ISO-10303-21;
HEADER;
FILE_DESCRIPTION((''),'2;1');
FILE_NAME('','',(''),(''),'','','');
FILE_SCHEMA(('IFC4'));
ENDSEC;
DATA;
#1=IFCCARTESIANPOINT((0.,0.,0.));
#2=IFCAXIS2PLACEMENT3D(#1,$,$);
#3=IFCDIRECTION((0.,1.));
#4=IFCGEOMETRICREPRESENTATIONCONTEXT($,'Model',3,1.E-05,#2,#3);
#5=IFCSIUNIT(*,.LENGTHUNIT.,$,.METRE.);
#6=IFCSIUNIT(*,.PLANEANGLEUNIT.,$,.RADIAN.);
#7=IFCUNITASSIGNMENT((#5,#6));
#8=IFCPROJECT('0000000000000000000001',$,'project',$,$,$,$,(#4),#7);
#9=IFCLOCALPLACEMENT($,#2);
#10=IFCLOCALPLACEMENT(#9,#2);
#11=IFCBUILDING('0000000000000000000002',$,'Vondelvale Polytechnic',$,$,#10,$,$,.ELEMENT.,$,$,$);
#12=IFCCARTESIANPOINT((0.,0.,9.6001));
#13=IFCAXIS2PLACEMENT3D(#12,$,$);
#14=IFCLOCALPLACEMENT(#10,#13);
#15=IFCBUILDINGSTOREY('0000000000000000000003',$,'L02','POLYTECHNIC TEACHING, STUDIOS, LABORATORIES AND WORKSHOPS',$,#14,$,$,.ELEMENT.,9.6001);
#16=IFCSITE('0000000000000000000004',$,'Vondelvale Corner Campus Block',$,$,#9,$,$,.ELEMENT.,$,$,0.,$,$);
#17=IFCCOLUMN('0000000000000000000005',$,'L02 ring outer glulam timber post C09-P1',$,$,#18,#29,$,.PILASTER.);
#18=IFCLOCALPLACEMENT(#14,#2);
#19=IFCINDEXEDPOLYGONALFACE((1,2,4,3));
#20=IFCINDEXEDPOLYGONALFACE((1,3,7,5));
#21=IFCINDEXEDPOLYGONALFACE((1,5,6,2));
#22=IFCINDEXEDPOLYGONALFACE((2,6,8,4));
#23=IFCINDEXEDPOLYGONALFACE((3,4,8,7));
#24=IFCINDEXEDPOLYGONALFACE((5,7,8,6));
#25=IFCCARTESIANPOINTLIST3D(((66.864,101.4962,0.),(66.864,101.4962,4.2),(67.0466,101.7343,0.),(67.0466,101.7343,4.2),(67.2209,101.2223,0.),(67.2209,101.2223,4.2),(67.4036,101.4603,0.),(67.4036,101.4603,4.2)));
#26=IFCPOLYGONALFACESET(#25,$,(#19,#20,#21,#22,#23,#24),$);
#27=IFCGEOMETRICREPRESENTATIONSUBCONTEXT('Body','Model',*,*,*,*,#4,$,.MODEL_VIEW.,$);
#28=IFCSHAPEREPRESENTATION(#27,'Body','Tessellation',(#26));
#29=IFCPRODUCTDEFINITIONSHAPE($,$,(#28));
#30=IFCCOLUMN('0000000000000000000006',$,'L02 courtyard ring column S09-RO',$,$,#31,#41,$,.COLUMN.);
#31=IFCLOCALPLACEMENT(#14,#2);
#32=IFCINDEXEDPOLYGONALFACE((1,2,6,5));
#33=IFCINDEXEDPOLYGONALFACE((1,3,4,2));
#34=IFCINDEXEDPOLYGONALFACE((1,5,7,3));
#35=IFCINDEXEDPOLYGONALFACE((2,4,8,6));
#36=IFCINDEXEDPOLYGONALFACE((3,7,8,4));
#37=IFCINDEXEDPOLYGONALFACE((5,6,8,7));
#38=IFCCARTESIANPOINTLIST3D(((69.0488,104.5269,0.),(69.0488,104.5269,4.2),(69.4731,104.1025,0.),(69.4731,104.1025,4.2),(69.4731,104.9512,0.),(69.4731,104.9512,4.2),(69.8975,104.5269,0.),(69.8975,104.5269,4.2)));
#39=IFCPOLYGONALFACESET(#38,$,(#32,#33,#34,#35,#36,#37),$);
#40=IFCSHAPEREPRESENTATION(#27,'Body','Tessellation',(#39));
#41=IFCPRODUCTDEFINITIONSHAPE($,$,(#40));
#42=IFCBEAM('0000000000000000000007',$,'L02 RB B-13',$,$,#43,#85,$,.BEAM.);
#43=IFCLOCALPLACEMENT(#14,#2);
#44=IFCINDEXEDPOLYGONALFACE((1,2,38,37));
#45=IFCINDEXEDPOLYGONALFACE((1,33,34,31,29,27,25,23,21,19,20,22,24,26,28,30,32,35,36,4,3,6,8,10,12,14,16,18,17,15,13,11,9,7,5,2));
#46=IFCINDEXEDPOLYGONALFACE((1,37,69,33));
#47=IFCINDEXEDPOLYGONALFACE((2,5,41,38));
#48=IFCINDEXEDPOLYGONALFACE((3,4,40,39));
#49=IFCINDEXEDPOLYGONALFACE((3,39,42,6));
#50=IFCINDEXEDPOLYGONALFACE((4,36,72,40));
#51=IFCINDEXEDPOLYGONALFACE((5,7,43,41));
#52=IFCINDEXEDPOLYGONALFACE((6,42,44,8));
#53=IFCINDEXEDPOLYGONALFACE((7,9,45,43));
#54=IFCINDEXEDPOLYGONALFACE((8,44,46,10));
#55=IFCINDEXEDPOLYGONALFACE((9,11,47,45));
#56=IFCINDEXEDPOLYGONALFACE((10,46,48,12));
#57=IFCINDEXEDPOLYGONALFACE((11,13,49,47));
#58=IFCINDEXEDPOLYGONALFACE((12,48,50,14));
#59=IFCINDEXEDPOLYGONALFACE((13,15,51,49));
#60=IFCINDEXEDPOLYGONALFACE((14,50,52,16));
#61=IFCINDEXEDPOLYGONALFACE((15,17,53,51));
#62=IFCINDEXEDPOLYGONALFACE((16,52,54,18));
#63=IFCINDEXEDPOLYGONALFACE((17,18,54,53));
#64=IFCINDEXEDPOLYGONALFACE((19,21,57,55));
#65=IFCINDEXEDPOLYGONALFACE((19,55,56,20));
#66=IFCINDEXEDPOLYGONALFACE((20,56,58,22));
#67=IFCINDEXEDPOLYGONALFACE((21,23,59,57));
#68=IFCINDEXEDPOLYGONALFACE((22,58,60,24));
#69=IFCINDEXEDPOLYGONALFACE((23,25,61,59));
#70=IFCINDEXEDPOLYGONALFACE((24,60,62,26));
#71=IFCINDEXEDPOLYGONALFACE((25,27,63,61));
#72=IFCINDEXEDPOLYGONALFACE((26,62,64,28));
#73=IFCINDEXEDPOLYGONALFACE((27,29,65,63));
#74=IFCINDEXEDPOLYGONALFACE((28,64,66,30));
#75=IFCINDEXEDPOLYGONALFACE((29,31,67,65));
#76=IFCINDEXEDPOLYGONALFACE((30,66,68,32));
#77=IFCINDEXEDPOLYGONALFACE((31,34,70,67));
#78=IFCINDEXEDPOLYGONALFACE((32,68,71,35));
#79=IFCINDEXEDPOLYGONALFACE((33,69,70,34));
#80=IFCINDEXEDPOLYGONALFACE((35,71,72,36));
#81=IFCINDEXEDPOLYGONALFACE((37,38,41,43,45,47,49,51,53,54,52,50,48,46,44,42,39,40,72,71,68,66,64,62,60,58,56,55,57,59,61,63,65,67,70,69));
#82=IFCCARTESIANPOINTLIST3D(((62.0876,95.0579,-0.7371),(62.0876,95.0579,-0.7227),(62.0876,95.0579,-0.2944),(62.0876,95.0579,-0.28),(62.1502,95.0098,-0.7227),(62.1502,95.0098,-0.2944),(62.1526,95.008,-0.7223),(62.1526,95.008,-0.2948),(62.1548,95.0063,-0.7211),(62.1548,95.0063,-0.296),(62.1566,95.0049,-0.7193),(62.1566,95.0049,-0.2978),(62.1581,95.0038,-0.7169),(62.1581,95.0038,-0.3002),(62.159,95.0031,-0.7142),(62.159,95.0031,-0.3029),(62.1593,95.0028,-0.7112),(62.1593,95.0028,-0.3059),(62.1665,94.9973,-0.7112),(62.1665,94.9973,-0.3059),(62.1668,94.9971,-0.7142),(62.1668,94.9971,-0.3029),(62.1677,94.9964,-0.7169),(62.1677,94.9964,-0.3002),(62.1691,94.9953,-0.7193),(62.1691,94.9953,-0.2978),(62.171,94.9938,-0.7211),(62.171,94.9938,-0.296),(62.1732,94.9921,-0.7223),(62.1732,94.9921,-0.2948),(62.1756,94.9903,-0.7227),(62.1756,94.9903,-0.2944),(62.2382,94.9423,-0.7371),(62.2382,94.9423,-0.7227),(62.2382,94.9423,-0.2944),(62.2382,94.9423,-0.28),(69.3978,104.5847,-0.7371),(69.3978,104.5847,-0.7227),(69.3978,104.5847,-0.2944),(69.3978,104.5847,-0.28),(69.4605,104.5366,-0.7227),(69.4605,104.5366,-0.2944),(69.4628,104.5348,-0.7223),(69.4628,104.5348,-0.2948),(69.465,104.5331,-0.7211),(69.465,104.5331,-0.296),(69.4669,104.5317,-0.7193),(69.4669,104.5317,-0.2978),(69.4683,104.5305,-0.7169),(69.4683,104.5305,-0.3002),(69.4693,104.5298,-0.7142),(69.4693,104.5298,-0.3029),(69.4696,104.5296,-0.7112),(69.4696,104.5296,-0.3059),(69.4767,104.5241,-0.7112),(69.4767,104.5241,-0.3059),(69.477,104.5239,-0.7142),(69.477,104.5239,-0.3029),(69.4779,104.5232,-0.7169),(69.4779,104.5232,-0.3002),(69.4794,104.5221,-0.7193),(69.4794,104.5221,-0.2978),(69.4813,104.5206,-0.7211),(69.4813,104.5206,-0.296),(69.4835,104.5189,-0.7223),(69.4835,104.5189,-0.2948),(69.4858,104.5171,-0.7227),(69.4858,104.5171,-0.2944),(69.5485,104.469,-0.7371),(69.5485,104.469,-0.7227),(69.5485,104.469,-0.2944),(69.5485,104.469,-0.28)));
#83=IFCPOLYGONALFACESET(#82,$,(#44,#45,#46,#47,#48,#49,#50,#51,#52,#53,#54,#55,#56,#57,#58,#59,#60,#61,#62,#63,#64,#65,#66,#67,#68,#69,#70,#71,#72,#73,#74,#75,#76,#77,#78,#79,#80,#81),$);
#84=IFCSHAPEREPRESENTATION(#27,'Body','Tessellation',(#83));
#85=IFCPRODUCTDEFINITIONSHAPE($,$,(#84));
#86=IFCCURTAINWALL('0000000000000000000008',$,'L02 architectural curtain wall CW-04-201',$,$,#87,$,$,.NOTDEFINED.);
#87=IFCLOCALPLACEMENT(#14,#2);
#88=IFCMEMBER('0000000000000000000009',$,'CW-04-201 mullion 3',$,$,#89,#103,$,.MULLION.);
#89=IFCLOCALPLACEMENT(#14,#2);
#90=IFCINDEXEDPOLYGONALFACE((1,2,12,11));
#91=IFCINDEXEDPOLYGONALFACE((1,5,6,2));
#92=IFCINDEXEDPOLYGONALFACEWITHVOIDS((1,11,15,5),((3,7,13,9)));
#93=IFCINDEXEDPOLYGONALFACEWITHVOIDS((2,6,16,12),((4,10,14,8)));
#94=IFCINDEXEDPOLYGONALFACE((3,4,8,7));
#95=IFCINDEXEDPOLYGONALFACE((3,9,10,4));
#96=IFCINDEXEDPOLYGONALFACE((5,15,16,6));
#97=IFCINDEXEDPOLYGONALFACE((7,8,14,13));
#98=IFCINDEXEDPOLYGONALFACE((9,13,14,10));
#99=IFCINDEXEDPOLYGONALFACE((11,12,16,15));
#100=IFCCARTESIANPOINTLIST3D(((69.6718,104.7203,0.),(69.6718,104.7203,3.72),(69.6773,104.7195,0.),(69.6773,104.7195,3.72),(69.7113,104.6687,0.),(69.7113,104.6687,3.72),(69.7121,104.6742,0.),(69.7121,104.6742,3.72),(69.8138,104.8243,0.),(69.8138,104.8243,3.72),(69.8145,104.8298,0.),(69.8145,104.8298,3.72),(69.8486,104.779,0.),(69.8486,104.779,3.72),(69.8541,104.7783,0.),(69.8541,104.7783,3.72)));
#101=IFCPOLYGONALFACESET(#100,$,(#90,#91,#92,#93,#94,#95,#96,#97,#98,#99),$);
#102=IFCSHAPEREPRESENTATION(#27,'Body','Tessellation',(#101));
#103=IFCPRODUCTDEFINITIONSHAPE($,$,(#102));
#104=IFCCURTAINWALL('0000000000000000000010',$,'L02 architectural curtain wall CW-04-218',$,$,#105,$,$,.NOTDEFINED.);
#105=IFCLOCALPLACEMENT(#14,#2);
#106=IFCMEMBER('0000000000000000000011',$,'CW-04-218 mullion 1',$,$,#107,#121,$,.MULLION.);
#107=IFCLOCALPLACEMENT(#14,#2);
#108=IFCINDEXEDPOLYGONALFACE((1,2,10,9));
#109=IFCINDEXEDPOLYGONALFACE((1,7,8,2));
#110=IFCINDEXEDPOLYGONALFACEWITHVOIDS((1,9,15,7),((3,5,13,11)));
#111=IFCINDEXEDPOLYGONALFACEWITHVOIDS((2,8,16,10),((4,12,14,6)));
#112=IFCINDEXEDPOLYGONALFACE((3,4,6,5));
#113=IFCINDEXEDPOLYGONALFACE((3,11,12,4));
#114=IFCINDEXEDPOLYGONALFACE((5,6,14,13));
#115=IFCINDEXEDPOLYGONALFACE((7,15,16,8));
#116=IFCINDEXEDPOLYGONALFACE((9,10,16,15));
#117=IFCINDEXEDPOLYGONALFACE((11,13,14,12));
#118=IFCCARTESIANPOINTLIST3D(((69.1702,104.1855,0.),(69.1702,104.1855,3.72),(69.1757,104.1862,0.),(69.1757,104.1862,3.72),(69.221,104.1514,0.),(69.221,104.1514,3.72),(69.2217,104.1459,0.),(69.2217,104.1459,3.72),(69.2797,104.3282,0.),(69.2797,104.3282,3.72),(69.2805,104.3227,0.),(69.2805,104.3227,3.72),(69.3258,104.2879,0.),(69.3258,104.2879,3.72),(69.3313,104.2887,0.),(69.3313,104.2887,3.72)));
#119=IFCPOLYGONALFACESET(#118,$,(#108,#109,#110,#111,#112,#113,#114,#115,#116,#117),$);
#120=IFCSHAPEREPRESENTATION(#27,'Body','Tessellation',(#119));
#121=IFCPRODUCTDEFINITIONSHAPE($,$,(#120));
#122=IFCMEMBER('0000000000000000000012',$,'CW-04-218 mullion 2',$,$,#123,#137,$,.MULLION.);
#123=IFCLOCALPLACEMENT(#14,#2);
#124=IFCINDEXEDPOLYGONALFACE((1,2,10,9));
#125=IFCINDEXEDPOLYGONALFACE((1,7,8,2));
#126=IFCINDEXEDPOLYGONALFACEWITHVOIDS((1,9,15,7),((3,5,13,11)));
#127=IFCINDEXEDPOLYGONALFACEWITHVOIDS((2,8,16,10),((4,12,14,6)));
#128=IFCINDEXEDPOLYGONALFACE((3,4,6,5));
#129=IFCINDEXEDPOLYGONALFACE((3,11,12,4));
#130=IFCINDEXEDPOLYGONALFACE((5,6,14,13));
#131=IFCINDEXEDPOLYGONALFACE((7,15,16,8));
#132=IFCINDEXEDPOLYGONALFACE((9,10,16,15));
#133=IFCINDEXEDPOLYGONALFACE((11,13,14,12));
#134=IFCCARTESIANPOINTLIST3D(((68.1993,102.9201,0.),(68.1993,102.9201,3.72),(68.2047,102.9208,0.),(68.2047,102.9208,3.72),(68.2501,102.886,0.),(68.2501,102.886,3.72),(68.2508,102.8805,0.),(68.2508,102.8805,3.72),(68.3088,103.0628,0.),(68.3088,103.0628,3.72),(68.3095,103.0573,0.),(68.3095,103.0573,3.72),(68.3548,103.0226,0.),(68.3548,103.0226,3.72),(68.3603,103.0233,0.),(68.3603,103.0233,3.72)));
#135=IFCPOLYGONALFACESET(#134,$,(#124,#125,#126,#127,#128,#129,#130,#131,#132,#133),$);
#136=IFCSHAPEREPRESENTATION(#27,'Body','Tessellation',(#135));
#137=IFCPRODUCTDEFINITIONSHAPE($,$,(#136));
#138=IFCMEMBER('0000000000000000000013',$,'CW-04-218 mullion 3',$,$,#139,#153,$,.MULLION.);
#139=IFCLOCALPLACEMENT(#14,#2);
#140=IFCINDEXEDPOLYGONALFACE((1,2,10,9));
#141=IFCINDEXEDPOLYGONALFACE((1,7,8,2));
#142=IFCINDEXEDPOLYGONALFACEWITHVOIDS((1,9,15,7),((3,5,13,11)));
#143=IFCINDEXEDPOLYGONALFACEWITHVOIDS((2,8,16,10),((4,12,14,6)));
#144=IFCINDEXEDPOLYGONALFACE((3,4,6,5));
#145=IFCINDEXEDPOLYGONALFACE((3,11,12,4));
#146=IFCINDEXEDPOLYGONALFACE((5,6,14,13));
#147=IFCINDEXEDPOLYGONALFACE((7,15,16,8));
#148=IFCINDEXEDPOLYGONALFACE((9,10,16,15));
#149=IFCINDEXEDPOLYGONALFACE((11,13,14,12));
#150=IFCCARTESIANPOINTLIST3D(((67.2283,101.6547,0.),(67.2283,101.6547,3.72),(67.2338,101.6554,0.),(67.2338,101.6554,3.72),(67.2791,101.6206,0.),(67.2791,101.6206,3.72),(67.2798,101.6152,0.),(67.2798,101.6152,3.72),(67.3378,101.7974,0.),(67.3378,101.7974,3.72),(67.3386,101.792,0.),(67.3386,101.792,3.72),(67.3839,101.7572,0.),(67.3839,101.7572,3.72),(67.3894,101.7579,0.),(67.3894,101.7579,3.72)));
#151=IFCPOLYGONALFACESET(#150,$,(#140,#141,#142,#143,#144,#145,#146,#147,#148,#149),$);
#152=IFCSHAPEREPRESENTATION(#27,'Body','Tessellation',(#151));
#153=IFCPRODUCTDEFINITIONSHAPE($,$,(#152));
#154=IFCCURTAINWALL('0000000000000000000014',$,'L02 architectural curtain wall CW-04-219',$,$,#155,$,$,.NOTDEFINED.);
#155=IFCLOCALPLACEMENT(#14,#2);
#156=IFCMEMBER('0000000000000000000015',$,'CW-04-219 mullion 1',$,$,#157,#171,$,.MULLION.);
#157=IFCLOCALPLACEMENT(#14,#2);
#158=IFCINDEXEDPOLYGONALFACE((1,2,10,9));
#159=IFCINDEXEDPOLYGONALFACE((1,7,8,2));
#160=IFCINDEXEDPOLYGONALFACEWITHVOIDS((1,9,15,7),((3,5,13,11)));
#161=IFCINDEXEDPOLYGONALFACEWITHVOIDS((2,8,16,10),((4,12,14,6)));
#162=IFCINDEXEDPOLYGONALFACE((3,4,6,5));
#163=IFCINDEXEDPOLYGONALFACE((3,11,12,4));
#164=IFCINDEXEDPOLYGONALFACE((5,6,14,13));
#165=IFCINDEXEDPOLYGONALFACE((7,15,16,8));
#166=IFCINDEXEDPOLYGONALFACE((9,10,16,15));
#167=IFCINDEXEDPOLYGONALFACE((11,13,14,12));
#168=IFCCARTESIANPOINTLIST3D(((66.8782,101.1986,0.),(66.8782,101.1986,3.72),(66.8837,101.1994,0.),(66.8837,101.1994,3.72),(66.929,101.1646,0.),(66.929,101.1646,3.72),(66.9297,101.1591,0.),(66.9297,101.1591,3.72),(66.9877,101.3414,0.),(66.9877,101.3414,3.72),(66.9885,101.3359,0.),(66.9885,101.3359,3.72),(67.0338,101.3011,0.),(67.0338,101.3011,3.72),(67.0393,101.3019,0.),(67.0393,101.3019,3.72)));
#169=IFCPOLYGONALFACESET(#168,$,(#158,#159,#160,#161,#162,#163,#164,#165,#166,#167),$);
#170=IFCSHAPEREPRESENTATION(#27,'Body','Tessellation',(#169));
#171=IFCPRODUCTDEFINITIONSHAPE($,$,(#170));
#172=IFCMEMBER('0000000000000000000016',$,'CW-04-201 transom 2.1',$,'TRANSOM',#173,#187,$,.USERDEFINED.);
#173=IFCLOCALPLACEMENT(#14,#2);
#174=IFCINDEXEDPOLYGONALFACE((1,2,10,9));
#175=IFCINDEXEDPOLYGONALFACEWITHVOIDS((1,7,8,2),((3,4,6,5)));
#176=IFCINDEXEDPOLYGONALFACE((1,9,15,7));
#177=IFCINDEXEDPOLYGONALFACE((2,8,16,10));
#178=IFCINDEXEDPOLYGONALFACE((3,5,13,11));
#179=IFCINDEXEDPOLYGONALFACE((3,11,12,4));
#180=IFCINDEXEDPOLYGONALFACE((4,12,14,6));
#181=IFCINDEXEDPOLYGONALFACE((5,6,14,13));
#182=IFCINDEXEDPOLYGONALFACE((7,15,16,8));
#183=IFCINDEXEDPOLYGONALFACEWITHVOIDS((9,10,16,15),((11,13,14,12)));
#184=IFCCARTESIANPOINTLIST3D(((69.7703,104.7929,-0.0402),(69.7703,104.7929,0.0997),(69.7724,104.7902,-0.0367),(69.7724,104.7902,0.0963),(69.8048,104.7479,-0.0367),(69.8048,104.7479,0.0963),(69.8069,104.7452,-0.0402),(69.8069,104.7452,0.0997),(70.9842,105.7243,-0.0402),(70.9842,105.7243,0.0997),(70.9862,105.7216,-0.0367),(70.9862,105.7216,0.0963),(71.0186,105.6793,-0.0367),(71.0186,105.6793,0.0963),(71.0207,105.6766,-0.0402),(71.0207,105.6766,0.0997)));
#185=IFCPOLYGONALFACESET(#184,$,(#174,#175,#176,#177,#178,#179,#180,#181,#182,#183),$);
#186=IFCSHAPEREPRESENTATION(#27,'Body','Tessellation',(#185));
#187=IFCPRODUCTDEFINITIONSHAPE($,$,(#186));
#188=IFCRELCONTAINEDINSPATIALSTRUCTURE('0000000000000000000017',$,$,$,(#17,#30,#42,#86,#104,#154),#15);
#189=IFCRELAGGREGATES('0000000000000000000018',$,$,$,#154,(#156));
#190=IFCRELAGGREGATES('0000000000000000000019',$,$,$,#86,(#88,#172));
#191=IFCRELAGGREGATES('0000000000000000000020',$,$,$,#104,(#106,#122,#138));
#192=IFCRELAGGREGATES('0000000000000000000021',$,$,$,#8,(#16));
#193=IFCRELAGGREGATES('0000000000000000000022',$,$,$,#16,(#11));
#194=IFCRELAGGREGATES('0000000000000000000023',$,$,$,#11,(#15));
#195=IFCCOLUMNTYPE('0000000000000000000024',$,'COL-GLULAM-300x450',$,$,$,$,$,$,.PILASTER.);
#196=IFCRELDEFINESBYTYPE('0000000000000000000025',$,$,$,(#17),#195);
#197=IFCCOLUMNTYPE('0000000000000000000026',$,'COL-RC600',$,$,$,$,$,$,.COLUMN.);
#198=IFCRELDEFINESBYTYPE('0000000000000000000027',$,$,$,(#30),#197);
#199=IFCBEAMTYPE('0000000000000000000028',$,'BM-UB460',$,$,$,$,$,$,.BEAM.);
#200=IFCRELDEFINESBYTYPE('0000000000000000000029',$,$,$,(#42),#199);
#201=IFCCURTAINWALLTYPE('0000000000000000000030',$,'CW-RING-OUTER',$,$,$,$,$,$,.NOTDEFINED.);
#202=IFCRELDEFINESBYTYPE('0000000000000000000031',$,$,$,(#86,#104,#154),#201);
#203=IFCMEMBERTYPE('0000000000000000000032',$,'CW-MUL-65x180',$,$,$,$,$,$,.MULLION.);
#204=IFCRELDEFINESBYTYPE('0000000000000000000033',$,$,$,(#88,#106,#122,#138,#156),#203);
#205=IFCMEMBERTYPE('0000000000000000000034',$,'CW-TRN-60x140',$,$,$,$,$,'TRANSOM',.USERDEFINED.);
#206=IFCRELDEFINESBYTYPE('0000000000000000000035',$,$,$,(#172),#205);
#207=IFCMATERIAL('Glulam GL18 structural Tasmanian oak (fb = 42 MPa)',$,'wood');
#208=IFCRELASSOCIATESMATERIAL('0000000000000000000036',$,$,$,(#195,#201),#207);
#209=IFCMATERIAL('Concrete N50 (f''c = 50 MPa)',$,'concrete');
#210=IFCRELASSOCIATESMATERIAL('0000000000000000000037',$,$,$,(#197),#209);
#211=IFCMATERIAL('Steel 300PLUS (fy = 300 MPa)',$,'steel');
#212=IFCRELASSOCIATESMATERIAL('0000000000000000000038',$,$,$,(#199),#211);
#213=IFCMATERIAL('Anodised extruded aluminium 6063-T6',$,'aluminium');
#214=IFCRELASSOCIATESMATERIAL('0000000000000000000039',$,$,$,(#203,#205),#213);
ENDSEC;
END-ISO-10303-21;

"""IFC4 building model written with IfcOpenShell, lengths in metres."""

from ifc_helpers import new_model, si_unit, direction, frame, origin, origin_2d, place, context, subcontext, project, spatial, rectangle, hollow_rectangle, i_section, extrude, material, material_profile, profile_set, type_object, element, aggregate, save


model = new_model("IFC4")

# Units and contexts
model_context = context("Model", 3, precision=1e-05, world=origin(), true_north=direction((0.0, 1.0)))
body_context = subcontext(model_context, "Body", "Model", "MODEL_VIEW")
ifc_project = project(units=[si_unit("LENGTHUNIT", "METRE"), si_unit("PLANEANGLEUNIT", "RADIAN")], contexts=[model_context])

# Site, building, storey
site_placement = place(None, origin())
site = spatial("IfcSite", under=ifc_project, at=site_placement, Name="Vondelvale Corner Campus Block", CompositionType="ELEMENT", RefElevation=0.0)
building_placement = place(site_placement, origin())
building = spatial("IfcBuilding", under=site, at=building_placement, Name="Vondelvale Polytechnic", CompositionType="ELEMENT")
storey_placement = place(building_placement, frame((0.0, 0.0, 9.6001)))
storey = spatial("IfcBuildingStorey", under=building, at=storey_placement, Name="L02", Description="POLYTECHNIC TEACHING, STUDIOS, LABORATORIES AND WORKSHOPS", CompositionType="ELEMENT", Elevation=9.6001)

# Columns
ifc_material_1 = material(Name="Glulam GL18 structural Tasmanian oak (fb = 42 MPa)", Category="wood")
ifc_material_profile_1 = material_profile(ifc_material_1, rectangle(XDim=0.3, YDim=0.45, at=origin_2d()), Name="GL-POST-300x450")
ifc_profile_set_1 = profile_set([ifc_material_profile_1], Name="Glulam GL18 structural Tasmanian oak (fb = 42 MPa)")
column_type_1 = type_object("IfcColumnType", Name="COL-GLULAM-300x450", PredefinedType="PILASTER", material=ifc_profile_set_1)
column_1_placement = place(storey_placement, frame((67.1338, 101.4783, 0.0), z_axis=(0.0, 0.0, 1.0), x_axis=(0.608761, 0.793353, 0.0)))
element("IfcColumn", 1, at=column_1_placement, inside=storey, type_object=column_type_1, Name="L02 ring outer glulam timber post C09-P1", PredefinedType="PILASTER", context=body_context, shape_type="SweptSolid", body=[
    extrude(rectangle(XDim=0.3, YDim=0.45, at=origin_2d()), origin(), (0.0, 0.0, 1.0), 4.2),
])
ifc_material_2 = material(Name="Concrete N50 (f'c = 50 MPa)", Category="concrete")
ifc_material_profile_2 = material_profile(ifc_material_2, rectangle(XDim=0.6001, YDim=0.6001, at=origin_2d()), Name="RC-COL-600x600")
ifc_profile_set_2 = profile_set([ifc_material_profile_2], Name="Concrete N50 (f'c = 50 MPa)")
column_type_2 = type_object("IfcColumnType", Name="COL-RC600", PredefinedType="COLUMN", material=ifc_profile_set_2)
column_2_placement = place(storey_placement, frame((69.4731, 104.5269, 0.0), z_axis=(0.0, 0.0, 1.0), x_axis=(-0.707107, 0.707107, 0.0)))
element("IfcColumn", 2, at=column_2_placement, inside=storey, type_object=column_type_2, Name="L02 courtyard ring column S09-RO", PredefinedType="COLUMN", context=body_context, shape_type="SweptSolid", body=[
    extrude(rectangle(XDim=0.6001, YDim=0.6001, at=origin_2d()), origin(), (0.0, 0.0, 1.0), 4.2),
])

# Beam
ifc_material_3 = material(Name="Steel 300PLUS (fy = 300 MPa)", Category="steel")
ifc_material_profile_3 = material_profile(ifc_material_3, i_section(OverallWidth=0.1899, OverallDepth=0.457, WebThickness=0.009, FlangeThickness=0.0144, FilletRadius=0.0115, at=origin_2d()), Name="460UB74.6")
ifc_profile_set_3 = profile_set([ifc_material_profile_3], Name="Steel 300PLUS (fy = 300 MPa)")
beam_type = type_object("IfcBeamType", Name="BM-UB460", PredefinedType="BEAM", material=ifc_profile_set_3)
beam_placement = place(storey_placement, frame((69.4731, 104.5269, -0.5085), z_axis=(-0.608766, -0.79335, 0.0), x_axis=(0.79335, -0.608766, 0.0)))
element("IfcBeam", 3, at=beam_placement, inside=storey, type_object=beam_type, Name="L02 RB B-13", PredefinedType="BEAM", context=body_context, shape_type="SweptSolid", body=[
    extrude(i_section(OverallWidth=0.1899, OverallDepth=0.457, WebThickness=0.009, FlangeThickness=0.0144, FilletRadius=0.0115, at=origin_2d()), origin(), (0.0, 0.0, 1.0), 12.0083),
])

# Curtain wall, member
curtain_wall_type = type_object("IfcCurtainWallType", Name="CW-RING-OUTER", PredefinedType="NOTDEFINED", material=ifc_material_1)
curtain_wall_1_placement = place(storey_placement, origin())
curtain_wall_1 = element("IfcCurtainWall", 4, at=curtain_wall_1_placement, inside=storey, type_object=curtain_wall_type, Name="L02 architectural curtain wall CW-04-201", PredefinedType="NOTDEFINED")
ifc_material_4 = material(Name="Anodised extruded aluminium 6063-T6", Category="aluminium")
ifc_material_profile_4 = material_profile(ifc_material_4, hollow_rectangle(XDim=0.0649, YDim=0.1799, WallThickness=0.0039, at=origin_2d()), Name="CW-MUL-180x65")
ifc_profile_set_4 = profile_set([ifc_material_profile_4], Name="Anodised extruded aluminium 6063-T6")
member_type_1 = type_object("IfcMemberType", Name="CW-MUL-65x180", PredefinedType="MULLION", material=ifc_profile_set_4)
member_1_placement = place(storey_placement, frame((69.7629, 104.7493, 0.0), z_axis=(0.0, 0.0, 1.0), x_axis=(0.608787, -0.793334, 0.0)))
member_1 = element("IfcMember", 5, at=member_1_placement, type_object=member_type_1, Name="CW-04-201 mullion 3", PredefinedType="MULLION", context=body_context, shape_type="SweptSolid", body=[
    extrude(hollow_rectangle(XDim=0.0649, YDim=0.1799, WallThickness=0.0039, at=origin_2d()), origin(), (0.0, 0.0, 1.0), 3.72),
])

# Curtain wall, members
curtain_wall_2_placement = place(storey_placement, origin())
curtain_wall_2 = element("IfcCurtainWall", 6, at=curtain_wall_2_placement, inside=storey, type_object=curtain_wall_type, Name="L02 architectural curtain wall CW-04-218", PredefinedType="NOTDEFINED")
member_2_placement = place(storey_placement, frame((69.2507, 104.2371, 0.0), z_axis=(0.0, 0.0, 1.0), x_axis=(0.793334, -0.608787, 0.0)))
member_2 = element("IfcMember", 7, at=member_2_placement, type_object=member_type_1, Name="CW-04-218 mullion 1", PredefinedType="MULLION", context=body_context, shape_type="SweptSolid", body=[
    extrude(hollow_rectangle(XDim=0.0649, YDim=0.1799, WallThickness=0.0039, at=origin_2d()), origin(), (0.0, 0.0, 1.0), 3.72),
])
member_3_placement = place(storey_placement, frame((68.2798, 102.9717, 0.0), z_axis=(0.0, 0.0, 1.0), x_axis=(0.793334, -0.608787, 0.0)))
member_3 = element("IfcMember", 8, at=member_3_placement, type_object=member_type_1, Name="CW-04-218 mullion 2", PredefinedType="MULLION", context=body_context, shape_type="SweptSolid", body=[
    extrude(hollow_rectangle(XDim=0.0649, YDim=0.1799, WallThickness=0.0039, at=origin_2d()), origin(), (0.0, 0.0, 1.0), 3.72),
])
member_4_placement = place(storey_placement, frame((67.3088, 101.7063, 0.0), z_axis=(0.0, 0.0, 1.0), x_axis=(0.793334, -0.608787, 0.0)))
member_4 = element("IfcMember", 9, at=member_4_placement, type_object=member_type_1, Name="CW-04-218 mullion 3", PredefinedType="MULLION", context=body_context, shape_type="SweptSolid", body=[
    extrude(hollow_rectangle(XDim=0.0649, YDim=0.1799, WallThickness=0.0039, at=origin_2d()), origin(), (0.0, 0.0, 1.0), 3.72),
])

# Curtain wall, member
curtain_wall_3_placement = place(storey_placement, origin())
curtain_wall_3 = element("IfcCurtainWall", 10, at=curtain_wall_3_placement, inside=storey, type_object=curtain_wall_type, Name="L02 architectural curtain wall CW-04-219", PredefinedType="NOTDEFINED")
member_5_placement = place(storey_placement, frame((66.9587, 101.2502, 0.0), z_axis=(0.0, 0.0, 1.0), x_axis=(0.793346, -0.608771, 0.0)))
member_5 = element("IfcMember", 11, at=member_5_placement, type_object=member_type_1, Name="CW-04-219 mullion 1", PredefinedType="MULLION", context=body_context, shape_type="SweptSolid", body=[
    extrude(hollow_rectangle(XDim=0.0649, YDim=0.1799, WallThickness=0.0039, at=origin_2d()), origin(), (0.0, 0.0, 1.0), 3.72),
])

# Member
ifc_material_profile_5 = material_profile(ifc_material_4, hollow_rectangle(XDim=0.0601, YDim=0.1399, WallThickness=0.0034, at=origin_2d()), Name="CW-TRN-140x60")
ifc_profile_set_5 = profile_set([ifc_material_profile_5], Name="Anodised extruded aluminium 6063-T6")
member_type_2 = type_object("IfcMemberType", Name="CW-TRN-60x140", ElementType="TRANSOM", PredefinedType="USERDEFINED", material=ifc_profile_set_5)
member_6_placement = place(storey_placement, frame((71.0024, 105.7004, 0.0298), z_axis=(-0.793365, -0.608746, 0.0), x_axis=(0.608746, -0.793365, 0.0)))
member_6 = element("IfcMember", 12, at=member_6_placement, type_object=member_type_2, Name="CW-04-201 transom 2.1", ObjectType="TRANSOM", PredefinedType="USERDEFINED", context=body_context, shape_type="SweptSolid", body=[
    extrude(hollow_rectangle(XDim=0.0601, YDim=0.1399, WallThickness=0.0034, at=origin_2d()), origin(), (0.0, 0.0, 1.0), 1.53),
])
aggregate(curtain_wall_3, [member_5])

aggregate(curtain_wall_1, [member_1, member_6])
aggregate(curtain_wall_2, [member_2, member_3, member_4])

save(model, "model.ifc")
